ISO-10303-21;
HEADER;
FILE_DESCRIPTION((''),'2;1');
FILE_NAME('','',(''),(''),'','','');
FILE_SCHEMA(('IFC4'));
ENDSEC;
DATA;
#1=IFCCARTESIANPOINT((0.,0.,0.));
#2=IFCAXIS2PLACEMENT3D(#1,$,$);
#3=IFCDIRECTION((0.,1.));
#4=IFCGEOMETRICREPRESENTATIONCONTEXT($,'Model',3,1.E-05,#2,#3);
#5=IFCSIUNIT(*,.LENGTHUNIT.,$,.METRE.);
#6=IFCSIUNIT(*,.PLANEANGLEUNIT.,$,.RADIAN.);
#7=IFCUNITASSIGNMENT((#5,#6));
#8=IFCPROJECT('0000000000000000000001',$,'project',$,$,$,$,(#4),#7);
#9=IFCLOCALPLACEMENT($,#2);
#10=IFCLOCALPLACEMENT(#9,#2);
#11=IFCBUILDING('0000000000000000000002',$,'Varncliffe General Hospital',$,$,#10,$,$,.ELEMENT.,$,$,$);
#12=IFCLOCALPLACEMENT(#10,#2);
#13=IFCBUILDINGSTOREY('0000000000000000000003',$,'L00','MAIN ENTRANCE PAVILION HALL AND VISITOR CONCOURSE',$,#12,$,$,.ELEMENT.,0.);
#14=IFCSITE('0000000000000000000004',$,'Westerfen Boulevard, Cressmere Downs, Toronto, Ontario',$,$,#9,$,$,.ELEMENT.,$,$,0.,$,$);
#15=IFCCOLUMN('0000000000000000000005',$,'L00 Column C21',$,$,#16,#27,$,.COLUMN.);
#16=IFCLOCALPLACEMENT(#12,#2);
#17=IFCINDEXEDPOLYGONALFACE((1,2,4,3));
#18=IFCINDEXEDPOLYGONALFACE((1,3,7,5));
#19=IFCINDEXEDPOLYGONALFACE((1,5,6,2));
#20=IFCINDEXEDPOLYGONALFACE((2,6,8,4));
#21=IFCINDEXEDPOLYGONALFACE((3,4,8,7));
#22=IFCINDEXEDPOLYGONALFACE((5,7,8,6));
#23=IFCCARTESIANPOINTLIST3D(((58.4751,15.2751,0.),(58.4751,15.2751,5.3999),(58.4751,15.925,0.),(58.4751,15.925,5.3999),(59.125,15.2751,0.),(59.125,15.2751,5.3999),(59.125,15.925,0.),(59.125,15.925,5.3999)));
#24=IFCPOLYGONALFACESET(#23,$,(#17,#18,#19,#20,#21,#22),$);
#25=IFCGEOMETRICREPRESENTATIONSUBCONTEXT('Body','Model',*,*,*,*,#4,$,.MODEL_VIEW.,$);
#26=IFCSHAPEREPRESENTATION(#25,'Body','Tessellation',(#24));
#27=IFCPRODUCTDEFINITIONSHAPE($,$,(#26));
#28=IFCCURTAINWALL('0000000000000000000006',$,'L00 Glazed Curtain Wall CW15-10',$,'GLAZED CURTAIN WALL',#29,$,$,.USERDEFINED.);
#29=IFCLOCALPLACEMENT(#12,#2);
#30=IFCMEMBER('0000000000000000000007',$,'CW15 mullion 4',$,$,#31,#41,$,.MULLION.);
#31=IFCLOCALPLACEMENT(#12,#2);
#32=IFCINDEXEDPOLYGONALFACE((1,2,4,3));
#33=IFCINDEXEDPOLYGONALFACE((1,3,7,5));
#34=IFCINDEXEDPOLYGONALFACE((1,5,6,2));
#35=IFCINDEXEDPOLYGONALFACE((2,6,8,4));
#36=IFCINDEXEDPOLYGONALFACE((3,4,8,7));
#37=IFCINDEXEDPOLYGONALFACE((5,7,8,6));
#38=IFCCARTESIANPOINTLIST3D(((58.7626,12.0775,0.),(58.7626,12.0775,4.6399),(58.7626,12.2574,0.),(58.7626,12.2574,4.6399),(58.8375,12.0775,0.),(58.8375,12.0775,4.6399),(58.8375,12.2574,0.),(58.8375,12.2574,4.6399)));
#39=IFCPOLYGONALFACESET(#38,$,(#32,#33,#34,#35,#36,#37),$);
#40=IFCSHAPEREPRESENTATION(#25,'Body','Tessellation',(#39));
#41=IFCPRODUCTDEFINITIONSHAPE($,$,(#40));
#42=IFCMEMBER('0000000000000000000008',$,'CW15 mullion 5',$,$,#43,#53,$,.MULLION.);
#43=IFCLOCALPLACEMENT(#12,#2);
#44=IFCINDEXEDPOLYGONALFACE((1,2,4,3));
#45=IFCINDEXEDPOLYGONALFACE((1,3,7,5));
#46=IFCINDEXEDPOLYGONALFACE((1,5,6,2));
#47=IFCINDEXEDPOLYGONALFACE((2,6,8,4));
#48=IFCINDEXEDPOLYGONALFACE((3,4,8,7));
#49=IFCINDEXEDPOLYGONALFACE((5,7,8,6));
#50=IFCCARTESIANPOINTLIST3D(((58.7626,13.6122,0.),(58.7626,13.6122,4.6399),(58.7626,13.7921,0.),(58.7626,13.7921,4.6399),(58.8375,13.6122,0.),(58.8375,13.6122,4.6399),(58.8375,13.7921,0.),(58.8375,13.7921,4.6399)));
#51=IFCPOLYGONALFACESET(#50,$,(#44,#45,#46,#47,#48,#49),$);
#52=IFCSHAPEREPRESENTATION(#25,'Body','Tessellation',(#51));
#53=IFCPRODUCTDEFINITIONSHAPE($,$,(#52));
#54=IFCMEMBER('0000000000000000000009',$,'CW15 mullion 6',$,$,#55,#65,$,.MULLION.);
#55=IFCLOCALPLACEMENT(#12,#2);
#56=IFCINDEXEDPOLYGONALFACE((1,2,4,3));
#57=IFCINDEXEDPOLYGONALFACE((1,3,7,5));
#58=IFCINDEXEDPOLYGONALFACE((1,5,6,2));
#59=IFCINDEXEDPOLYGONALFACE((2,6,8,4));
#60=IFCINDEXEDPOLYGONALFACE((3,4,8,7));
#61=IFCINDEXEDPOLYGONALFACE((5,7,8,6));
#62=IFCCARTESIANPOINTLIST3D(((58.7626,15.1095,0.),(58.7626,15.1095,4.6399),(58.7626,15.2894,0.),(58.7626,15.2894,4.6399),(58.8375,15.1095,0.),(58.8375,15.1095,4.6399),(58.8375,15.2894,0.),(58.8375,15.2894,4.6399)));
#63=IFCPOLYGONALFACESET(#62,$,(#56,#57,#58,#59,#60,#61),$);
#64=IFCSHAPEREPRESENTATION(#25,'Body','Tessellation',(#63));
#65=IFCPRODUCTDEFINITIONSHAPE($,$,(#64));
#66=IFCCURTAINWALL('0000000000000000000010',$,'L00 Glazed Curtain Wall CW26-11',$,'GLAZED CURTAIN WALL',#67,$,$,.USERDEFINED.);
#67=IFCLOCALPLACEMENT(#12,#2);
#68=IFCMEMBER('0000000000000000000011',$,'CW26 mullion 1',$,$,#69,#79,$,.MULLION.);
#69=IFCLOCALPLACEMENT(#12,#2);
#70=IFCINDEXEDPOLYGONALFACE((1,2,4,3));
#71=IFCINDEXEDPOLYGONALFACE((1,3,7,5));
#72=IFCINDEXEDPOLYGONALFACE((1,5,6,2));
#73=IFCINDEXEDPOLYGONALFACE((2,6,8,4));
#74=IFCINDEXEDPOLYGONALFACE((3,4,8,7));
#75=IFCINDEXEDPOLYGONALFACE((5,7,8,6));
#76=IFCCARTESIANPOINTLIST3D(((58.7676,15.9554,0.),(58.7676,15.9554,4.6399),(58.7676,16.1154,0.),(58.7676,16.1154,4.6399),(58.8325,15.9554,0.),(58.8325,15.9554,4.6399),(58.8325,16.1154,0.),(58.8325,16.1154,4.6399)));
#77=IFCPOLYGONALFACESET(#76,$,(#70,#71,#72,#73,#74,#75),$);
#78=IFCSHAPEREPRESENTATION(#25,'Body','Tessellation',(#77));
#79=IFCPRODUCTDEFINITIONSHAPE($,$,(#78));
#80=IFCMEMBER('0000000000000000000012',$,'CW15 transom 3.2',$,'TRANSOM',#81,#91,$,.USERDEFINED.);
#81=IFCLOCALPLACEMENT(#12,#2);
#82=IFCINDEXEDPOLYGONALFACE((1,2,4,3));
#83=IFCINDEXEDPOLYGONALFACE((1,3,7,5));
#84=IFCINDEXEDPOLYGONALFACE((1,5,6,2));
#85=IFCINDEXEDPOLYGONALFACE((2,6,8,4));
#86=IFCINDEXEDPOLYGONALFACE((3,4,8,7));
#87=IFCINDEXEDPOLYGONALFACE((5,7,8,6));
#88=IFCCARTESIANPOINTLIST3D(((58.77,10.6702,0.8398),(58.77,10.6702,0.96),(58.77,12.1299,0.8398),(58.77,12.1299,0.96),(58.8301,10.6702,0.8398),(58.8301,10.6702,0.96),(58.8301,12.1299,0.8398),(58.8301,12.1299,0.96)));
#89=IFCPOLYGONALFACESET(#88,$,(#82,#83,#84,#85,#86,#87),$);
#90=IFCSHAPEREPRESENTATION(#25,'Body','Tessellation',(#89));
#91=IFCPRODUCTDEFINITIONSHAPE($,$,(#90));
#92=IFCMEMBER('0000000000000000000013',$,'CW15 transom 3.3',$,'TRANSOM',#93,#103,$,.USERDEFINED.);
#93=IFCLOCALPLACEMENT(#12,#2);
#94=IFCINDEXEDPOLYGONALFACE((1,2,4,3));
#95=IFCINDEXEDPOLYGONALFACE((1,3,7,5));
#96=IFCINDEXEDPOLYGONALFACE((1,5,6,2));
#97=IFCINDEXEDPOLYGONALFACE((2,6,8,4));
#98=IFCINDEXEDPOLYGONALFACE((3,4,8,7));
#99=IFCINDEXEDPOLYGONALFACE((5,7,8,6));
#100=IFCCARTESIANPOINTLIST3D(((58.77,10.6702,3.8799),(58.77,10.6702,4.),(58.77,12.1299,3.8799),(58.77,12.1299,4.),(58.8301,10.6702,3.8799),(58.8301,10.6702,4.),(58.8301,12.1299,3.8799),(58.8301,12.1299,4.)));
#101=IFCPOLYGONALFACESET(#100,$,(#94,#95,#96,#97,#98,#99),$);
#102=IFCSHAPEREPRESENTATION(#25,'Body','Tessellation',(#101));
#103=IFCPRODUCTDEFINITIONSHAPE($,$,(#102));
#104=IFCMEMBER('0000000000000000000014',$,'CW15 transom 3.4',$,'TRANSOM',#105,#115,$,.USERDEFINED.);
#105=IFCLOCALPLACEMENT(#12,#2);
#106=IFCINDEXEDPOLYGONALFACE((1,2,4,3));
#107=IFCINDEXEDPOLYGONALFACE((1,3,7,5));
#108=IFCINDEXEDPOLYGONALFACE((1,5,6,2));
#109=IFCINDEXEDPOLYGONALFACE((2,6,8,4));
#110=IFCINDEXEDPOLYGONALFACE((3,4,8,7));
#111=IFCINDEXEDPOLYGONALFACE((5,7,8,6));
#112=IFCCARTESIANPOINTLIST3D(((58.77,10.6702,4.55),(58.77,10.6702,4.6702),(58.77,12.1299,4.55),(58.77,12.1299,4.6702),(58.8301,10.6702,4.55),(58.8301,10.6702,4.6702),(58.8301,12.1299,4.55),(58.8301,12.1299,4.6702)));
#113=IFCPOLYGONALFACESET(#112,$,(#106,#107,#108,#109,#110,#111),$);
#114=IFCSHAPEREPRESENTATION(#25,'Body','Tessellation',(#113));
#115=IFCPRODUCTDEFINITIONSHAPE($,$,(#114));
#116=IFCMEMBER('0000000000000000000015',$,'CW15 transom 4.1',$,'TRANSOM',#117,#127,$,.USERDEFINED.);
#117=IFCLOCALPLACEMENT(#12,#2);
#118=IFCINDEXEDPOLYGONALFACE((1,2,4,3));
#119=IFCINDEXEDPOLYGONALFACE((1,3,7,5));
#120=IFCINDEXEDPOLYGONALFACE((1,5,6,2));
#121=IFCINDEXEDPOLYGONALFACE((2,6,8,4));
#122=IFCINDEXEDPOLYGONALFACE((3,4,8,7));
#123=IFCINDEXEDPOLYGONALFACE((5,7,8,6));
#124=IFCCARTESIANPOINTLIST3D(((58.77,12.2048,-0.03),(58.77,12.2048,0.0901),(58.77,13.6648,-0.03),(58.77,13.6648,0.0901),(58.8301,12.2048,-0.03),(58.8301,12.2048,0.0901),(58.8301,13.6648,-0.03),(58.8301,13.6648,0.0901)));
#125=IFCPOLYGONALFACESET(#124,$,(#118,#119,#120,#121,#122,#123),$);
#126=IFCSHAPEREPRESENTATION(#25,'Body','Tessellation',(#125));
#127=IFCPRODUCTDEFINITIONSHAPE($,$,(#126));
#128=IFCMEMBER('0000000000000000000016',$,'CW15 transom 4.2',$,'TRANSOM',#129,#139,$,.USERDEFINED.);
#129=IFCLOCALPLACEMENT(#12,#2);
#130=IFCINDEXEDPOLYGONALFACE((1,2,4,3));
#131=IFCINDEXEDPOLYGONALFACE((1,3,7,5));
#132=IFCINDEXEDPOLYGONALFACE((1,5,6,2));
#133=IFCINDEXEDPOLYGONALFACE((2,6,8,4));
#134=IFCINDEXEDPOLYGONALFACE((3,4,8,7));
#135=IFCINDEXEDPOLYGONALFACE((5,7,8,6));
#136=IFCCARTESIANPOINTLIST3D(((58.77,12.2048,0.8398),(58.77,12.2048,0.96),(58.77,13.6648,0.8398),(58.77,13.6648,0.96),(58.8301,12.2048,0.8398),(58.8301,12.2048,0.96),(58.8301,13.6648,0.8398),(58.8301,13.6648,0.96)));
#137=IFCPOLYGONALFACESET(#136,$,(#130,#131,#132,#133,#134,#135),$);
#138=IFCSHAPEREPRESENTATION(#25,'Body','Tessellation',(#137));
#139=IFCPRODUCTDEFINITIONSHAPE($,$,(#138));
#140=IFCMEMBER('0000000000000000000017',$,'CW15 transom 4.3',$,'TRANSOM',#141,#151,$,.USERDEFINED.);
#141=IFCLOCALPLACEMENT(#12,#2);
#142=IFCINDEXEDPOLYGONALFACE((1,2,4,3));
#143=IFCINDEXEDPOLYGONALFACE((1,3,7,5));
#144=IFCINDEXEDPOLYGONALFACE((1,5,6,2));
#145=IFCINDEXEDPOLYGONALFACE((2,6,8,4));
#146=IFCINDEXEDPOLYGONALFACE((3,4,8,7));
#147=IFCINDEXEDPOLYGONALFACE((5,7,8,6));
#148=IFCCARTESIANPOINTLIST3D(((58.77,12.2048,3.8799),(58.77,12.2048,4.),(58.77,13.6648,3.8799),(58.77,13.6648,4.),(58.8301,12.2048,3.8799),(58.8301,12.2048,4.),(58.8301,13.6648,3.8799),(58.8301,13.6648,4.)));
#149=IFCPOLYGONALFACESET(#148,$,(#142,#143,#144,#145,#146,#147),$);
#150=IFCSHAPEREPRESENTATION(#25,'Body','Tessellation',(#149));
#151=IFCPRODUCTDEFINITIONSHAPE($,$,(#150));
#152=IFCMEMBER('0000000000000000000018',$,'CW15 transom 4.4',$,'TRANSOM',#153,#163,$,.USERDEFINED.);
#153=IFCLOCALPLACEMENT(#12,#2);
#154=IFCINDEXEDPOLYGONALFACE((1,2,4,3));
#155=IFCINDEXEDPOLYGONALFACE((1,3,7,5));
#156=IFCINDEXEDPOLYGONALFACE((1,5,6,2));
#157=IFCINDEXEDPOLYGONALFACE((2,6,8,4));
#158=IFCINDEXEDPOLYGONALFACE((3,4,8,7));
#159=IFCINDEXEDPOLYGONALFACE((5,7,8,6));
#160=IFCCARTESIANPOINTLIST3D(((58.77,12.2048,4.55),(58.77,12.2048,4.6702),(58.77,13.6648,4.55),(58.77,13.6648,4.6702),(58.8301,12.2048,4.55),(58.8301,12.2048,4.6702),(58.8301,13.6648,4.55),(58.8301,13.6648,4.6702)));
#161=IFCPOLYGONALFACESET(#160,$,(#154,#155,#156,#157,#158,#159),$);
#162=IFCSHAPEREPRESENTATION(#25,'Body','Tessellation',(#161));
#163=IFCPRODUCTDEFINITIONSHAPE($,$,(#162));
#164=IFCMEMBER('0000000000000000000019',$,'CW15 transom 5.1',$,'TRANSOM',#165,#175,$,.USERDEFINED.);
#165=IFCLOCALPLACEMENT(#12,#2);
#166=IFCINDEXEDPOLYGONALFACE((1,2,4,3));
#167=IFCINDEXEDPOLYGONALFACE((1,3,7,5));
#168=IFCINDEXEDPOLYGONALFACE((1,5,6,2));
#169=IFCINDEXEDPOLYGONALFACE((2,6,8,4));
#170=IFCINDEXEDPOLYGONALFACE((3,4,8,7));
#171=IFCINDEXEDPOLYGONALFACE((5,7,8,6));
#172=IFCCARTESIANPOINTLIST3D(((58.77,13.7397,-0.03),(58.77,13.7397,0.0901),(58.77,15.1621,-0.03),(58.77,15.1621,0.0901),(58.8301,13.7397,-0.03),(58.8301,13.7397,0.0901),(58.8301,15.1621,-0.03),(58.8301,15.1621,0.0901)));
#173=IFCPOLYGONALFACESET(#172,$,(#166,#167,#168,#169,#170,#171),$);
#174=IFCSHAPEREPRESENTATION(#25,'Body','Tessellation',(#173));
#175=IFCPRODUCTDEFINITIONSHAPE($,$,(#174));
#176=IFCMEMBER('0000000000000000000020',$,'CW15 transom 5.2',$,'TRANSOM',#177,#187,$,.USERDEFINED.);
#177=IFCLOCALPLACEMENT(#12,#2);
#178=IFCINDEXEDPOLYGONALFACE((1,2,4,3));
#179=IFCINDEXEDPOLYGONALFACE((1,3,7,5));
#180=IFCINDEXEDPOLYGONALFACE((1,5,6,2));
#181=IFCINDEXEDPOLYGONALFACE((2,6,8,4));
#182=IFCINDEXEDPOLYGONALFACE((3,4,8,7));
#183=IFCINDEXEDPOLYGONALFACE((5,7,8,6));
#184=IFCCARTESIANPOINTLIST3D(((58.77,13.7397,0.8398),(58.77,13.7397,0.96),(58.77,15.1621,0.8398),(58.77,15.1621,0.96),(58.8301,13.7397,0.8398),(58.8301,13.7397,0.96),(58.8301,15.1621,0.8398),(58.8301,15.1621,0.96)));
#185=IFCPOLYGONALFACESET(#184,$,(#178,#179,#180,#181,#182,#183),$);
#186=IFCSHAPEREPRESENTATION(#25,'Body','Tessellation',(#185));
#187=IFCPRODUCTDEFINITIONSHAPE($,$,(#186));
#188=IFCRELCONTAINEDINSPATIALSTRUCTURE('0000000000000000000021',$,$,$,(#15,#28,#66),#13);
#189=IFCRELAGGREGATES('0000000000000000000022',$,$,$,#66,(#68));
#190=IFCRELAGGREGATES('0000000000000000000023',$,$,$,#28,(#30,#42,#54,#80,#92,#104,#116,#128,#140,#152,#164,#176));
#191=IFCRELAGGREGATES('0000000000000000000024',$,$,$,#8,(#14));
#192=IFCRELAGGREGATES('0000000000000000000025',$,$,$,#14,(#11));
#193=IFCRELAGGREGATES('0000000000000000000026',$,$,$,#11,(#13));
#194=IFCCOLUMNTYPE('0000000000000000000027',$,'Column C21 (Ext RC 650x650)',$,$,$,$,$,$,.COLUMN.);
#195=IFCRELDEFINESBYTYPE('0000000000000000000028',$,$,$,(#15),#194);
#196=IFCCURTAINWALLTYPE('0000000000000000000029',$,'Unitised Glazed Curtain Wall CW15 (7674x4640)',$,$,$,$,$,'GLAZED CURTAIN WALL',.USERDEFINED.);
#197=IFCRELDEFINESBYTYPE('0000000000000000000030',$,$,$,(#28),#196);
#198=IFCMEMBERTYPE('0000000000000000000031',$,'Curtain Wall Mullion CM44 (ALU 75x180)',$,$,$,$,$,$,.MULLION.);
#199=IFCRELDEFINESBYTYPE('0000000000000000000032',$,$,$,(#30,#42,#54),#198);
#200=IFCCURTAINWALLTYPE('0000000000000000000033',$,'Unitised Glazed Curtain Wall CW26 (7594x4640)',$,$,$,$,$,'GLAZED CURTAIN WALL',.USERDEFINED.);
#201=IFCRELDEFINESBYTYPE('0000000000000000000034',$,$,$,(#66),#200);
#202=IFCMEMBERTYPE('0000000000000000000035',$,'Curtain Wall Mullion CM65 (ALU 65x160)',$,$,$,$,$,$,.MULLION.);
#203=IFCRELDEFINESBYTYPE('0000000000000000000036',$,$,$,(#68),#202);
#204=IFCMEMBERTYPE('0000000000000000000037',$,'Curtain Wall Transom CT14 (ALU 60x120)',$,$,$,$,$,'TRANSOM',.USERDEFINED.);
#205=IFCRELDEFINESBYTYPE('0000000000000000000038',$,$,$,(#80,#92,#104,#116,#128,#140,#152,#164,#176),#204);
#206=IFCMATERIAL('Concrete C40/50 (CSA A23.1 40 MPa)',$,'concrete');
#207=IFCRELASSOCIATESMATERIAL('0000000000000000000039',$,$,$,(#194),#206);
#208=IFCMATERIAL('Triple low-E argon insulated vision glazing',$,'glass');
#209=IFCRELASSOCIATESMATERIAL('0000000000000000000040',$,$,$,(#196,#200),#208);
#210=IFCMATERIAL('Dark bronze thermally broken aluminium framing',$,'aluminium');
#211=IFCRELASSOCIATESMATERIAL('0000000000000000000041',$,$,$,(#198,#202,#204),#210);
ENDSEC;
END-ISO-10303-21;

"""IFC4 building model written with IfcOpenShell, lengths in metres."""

from ifc_helpers import new_model, si_unit, direction, frame, origin, origin_2d, place, context, subcontext, project, spatial, rectangle, extrude, material, material_profile, profile_set, type_object, element, aggregate, save


model = new_model("IFC4")

# Units and contexts
model_context = context("Model", 3, precision=1e-05, world=origin(), true_north=direction((0.0, 1.0)))
body_context = subcontext(model_context, "Body", "Model", "MODEL_VIEW")
ifc_project = project(units=[si_unit("LENGTHUNIT", "METRE"), si_unit("PLANEANGLEUNIT", "RADIAN")], contexts=[model_context])

# Site, building, storey
site_placement = place(None, origin())
site = spatial("IfcSite", under=ifc_project, at=site_placement, Name="Westerfen Boulevard, Cressmere Downs, Toronto, Ontario", CompositionType="ELEMENT", RefElevation=0.0)
building_placement = place(site_placement, origin())
building = spatial("IfcBuilding", under=site, at=building_placement, Name="Varncliffe General Hospital", CompositionType="ELEMENT")
storey_placement = place(building_placement, origin())
storey = spatial("IfcBuildingStorey", under=building, at=storey_placement, Name="L00", Description="MAIN ENTRANCE PAVILION HALL AND VISITOR CONCOURSE", CompositionType="ELEMENT", Elevation=0.0)

# Column
ifc_material_1 = material(Name="Concrete C40/50 (CSA A23.1 40 MPa)", Category="concrete")
ifc_material_profile_1 = material_profile(ifc_material_1, rectangle(XDim=0.6499, YDim=0.6499, at=origin_2d()), Name="RC 650x650")
ifc_profile_set_1 = profile_set([ifc_material_profile_1], Name="Concrete C40/50 (CSA A23.1 40 MPa)")
column_type = type_object("IfcColumnType", Name="Column C21 (Ext RC 650x650)", PredefinedType="COLUMN", material=ifc_profile_set_1)
column_placement = place(storey_placement, frame((58.8, 15.6001, 0.0), z_axis=(0.0, 0.0, 1.0), x_axis=(1.0, 0.0, 0.0)))
element("IfcColumn", 1, at=column_placement, inside=storey, type_object=column_type, Name="L00 Column C21", PredefinedType="COLUMN", context=body_context, shape_type="SweptSolid", body=[
    extrude(rectangle(XDim=0.6499, YDim=0.6499, at=origin_2d()), origin(), (0.0, 0.0, 1.0), 5.3999),
])

# Curtain wall, members
ifc_material_2 = material(Name="Triple low-E argon insulated vision glazing", Category="glass")
curtain_wall_type_1 = type_object("IfcCurtainWallType", Name="Unitised Glazed Curtain Wall CW15 (7674x4640)", ElementType="GLAZED CURTAIN WALL", PredefinedType="USERDEFINED", material=ifc_material_2)
curtain_wall_1_placement = place(storey_placement, origin())
curtain_wall_1 = element("IfcCurtainWall", 2, at=curtain_wall_1_placement, inside=storey, type_object=curtain_wall_type_1, Name="L00 Glazed Curtain Wall CW15-10", ObjectType="GLAZED CURTAIN WALL", PredefinedType="USERDEFINED")
ifc_material_3 = material(Name="Dark bronze thermally broken aluminium framing", Category="aluminium")
ifc_material_profile_2 = material_profile(ifc_material_3, rectangle(XDim=0.075, YDim=0.1799, at=origin_2d()), Name="ALU 75x180")
ifc_profile_set_2 = profile_set([ifc_material_profile_2], Name="Dark bronze thermally broken aluminium framing")
member_type_1 = type_object("IfcMemberType", Name="Curtain Wall Mullion CM44 (ALU 75x180)", PredefinedType="MULLION", material=ifc_profile_set_2)
member_1_placement = place(storey_placement, frame((58.8, 12.1675, 0.0), z_axis=(0.0, 0.0, 1.0), x_axis=(-1.0, 0.0, 0.0)))
member_1 = element("IfcMember", 3, at=member_1_placement, type_object=member_type_1, Name="CW15 mullion 4", PredefinedType="MULLION", context=body_context, shape_type="SweptSolid", body=[
    extrude(rectangle(XDim=0.075, YDim=0.1799, at=origin_2d()), origin(), (0.0, 0.0, 1.0), 4.6399),
])
member_2_placement = place(storey_placement, frame((58.8, 13.7021, 0.0), z_axis=(0.0, 0.0, 1.0), x_axis=(-1.0, 0.0, 0.0)))
member_2 = element("IfcMember", 4, at=member_2_placement, type_object=member_type_1, Name="CW15 mullion 5", PredefinedType="MULLION", context=body_context, shape_type="SweptSolid", body=[
    extrude(rectangle(XDim=0.075, YDim=0.1799, at=origin_2d()), origin(), (0.0, 0.0, 1.0), 4.6399),
])
member_3_placement = place(storey_placement, frame((58.8, 15.1995, 0.0), z_axis=(0.0, 0.0, 1.0), x_axis=(-1.0, 0.0, 0.0)))
member_3 = element("IfcMember", 5, at=member_3_placement, type_object=member_type_1, Name="CW15 mullion 6", PredefinedType="MULLION", context=body_context, shape_type="SweptSolid", body=[
    extrude(rectangle(XDim=0.075, YDim=0.1799, at=origin_2d()), origin(), (0.0, 0.0, 1.0), 4.6399),
])

# Curtain wall, member
curtain_wall_type_2 = type_object("IfcCurtainWallType", Name="Unitised Glazed Curtain Wall CW26 (7594x4640)", ElementType="GLAZED CURTAIN WALL", PredefinedType="USERDEFINED", material=ifc_material_2)
curtain_wall_2_placement = place(storey_placement, origin())
curtain_wall_2 = element("IfcCurtainWall", 6, at=curtain_wall_2_placement, inside=storey, type_object=curtain_wall_type_2, Name="L00 Glazed Curtain Wall CW26-11", ObjectType="GLAZED CURTAIN WALL", PredefinedType="USERDEFINED")
ifc_material_profile_3 = material_profile(ifc_material_3, rectangle(XDim=0.0649, YDim=0.1599, at=origin_2d()), Name="ALU 65x160")
ifc_profile_set_3 = profile_set([ifc_material_profile_3], Name="Dark bronze thermally broken aluminium framing")
member_type_2 = type_object("IfcMemberType", Name="Curtain Wall Mullion CM65 (ALU 65x160)", PredefinedType="MULLION", material=ifc_profile_set_3)
member_4_placement = place(storey_placement, frame((58.8, 16.0354, 0.0), z_axis=(0.0, 0.0, 1.0), x_axis=(-1.0, 0.0, 0.0)))
member_4 = element("IfcMember", 7, at=member_4_placement, type_object=member_type_2, Name="CW26 mullion 1", PredefinedType="MULLION", context=body_context, shape_type="SweptSolid", body=[
    extrude(rectangle(XDim=0.0649, YDim=0.1599, at=origin_2d()), origin(), (0.0, 0.0, 1.0), 4.6399),
])

# Members
ifc_material_profile_4 = material_profile(ifc_material_3, rectangle(XDim=0.0601, YDim=0.1201, at=origin_2d()), Name="ALU 60x120")
ifc_profile_set_4 = profile_set([ifc_material_profile_4], Name="Dark bronze thermally broken aluminium framing")
member_type_3 = type_object("IfcMemberType", Name="Curtain Wall Transom CT14 (ALU 60x120)", ElementType="TRANSOM", PredefinedType="USERDEFINED", material=ifc_profile_set_4)
member_5_placement = place(storey_placement, frame((58.8, 10.6702, 0.8999), z_axis=(0.0, 1.0, 0.0), x_axis=(-1.0, 0.0, 0.0)))
member_5 = element("IfcMember", 8, at=member_5_placement, type_object=member_type_3, Name="CW15 transom 3.2", ObjectType="TRANSOM", PredefinedType="USERDEFINED", context=body_context, shape_type="SweptSolid", body=[
    extrude(rectangle(XDim=0.0601, YDim=0.1201, at=origin_2d()), origin(), (0.0, 0.0, 1.0), 1.4597),
])
member_6_placement = place(storey_placement, frame((58.8, 10.6702, 3.9399), z_axis=(0.0, 1.0, 0.0), x_axis=(-1.0, 0.0, 0.0)))
member_6 = element("IfcMember", 9, at=member_6_placement, type_object=member_type_3, Name="CW15 transom 3.3", ObjectType="TRANSOM", PredefinedType="USERDEFINED", context=body_context, shape_type="SweptSolid", body=[
    extrude(rectangle(XDim=0.0601, YDim=0.1201, at=origin_2d()), origin(), (0.0, 0.0, 1.0), 1.4597),
])
member_7_placement = place(storey_placement, frame((58.8, 10.6702, 4.6101), z_axis=(0.0, 1.0, 0.0), x_axis=(-1.0, 0.0, 0.0)))
member_7 = element("IfcMember", 10, at=member_7_placement, type_object=member_type_3, Name="CW15 transom 3.4", ObjectType="TRANSOM", PredefinedType="USERDEFINED", context=body_context, shape_type="SweptSolid", body=[
    extrude(rectangle(XDim=0.0601, YDim=0.1201, at=origin_2d()), origin(), (0.0, 0.0, 1.0), 1.4597),
])
member_8_placement = place(storey_placement, frame((58.8, 12.2048, 0.03), z_axis=(0.0, 1.0, 0.0), x_axis=(-1.0, 0.0, 0.0)))
member_8 = element("IfcMember", 11, at=member_8_placement, type_object=member_type_3, Name="CW15 transom 4.1", ObjectType="TRANSOM", PredefinedType="USERDEFINED", context=body_context, shape_type="SweptSolid", body=[
    extrude(rectangle(XDim=0.0601, YDim=0.1201, at=origin_2d()), origin(), (0.0, 0.0, 1.0), 1.46),
])
member_9_placement = place(storey_placement, frame((58.8, 12.2048, 0.8999), z_axis=(0.0, 1.0, 0.0), x_axis=(-1.0, 0.0, 0.0)))
member_9 = element("IfcMember", 12, at=member_9_placement, type_object=member_type_3, Name="CW15 transom 4.2", ObjectType="TRANSOM", PredefinedType="USERDEFINED", context=body_context, shape_type="SweptSolid", body=[
    extrude(rectangle(XDim=0.0601, YDim=0.1201, at=origin_2d()), origin(), (0.0, 0.0, 1.0), 1.46),
])
member_10_placement = place(storey_placement, frame((58.8, 12.2048, 3.9399), z_axis=(0.0, 1.0, 0.0), x_axis=(-1.0, 0.0, 0.0)))
member_10 = element("IfcMember", 13, at=member_10_placement, type_object=member_type_3, Name="CW15 transom 4.3", ObjectType="TRANSOM", PredefinedType="USERDEFINED", context=body_context, shape_type="SweptSolid", body=[
    extrude(rectangle(XDim=0.0601, YDim=0.1201, at=origin_2d()), origin(), (0.0, 0.0, 1.0), 1.46),
])
member_11_placement = place(storey_placement, frame((58.8, 12.2048, 4.6101), z_axis=(0.0, 1.0, 0.0), x_axis=(-1.0, 0.0, 0.0)))
member_11 = element("IfcMember", 14, at=member_11_placement, type_object=member_type_3, Name="CW15 transom 4.4", ObjectType="TRANSOM", PredefinedType="USERDEFINED", context=body_context, shape_type="SweptSolid", body=[
    extrude(rectangle(XDim=0.0601, YDim=0.1201, at=origin_2d()), origin(), (0.0, 0.0, 1.0), 1.46),
])
member_12_placement = place(storey_placement, frame((58.8, 13.7397, 0.03), z_axis=(0.0, 1.0, 0.0), x_axis=(-1.0, 0.0, 0.0)))
member_12 = element("IfcMember", 15, at=member_12_placement, type_object=member_type_3, Name="CW15 transom 5.1", ObjectType="TRANSOM", PredefinedType="USERDEFINED", context=body_context, shape_type="SweptSolid", body=[
    extrude(rectangle(XDim=0.0601, YDim=0.1201, at=origin_2d()), origin(), (0.0, 0.0, 1.0), 1.4224),
])
member_13_placement = place(storey_placement, frame((58.8, 13.7397, 0.8999), z_axis=(0.0, 1.0, 0.0), x_axis=(-1.0, 0.0, 0.0)))
member_13 = element("IfcMember", 16, at=member_13_placement, type_object=member_type_3, Name="CW15 transom 5.2", ObjectType="TRANSOM", PredefinedType="USERDEFINED", context=body_context, shape_type="SweptSolid", body=[
    extrude(rectangle(XDim=0.0601, YDim=0.1201, at=origin_2d()), origin(), (0.0, 0.0, 1.0), 1.4224),
])
aggregate(curtain_wall_2, [member_4])

aggregate(curtain_wall_1, [member_1, member_2, member_3, member_5, member_6, member_7, member_8, member_9, member_10, member_11, member_12, member_13])

save(model, "model.ifc")
